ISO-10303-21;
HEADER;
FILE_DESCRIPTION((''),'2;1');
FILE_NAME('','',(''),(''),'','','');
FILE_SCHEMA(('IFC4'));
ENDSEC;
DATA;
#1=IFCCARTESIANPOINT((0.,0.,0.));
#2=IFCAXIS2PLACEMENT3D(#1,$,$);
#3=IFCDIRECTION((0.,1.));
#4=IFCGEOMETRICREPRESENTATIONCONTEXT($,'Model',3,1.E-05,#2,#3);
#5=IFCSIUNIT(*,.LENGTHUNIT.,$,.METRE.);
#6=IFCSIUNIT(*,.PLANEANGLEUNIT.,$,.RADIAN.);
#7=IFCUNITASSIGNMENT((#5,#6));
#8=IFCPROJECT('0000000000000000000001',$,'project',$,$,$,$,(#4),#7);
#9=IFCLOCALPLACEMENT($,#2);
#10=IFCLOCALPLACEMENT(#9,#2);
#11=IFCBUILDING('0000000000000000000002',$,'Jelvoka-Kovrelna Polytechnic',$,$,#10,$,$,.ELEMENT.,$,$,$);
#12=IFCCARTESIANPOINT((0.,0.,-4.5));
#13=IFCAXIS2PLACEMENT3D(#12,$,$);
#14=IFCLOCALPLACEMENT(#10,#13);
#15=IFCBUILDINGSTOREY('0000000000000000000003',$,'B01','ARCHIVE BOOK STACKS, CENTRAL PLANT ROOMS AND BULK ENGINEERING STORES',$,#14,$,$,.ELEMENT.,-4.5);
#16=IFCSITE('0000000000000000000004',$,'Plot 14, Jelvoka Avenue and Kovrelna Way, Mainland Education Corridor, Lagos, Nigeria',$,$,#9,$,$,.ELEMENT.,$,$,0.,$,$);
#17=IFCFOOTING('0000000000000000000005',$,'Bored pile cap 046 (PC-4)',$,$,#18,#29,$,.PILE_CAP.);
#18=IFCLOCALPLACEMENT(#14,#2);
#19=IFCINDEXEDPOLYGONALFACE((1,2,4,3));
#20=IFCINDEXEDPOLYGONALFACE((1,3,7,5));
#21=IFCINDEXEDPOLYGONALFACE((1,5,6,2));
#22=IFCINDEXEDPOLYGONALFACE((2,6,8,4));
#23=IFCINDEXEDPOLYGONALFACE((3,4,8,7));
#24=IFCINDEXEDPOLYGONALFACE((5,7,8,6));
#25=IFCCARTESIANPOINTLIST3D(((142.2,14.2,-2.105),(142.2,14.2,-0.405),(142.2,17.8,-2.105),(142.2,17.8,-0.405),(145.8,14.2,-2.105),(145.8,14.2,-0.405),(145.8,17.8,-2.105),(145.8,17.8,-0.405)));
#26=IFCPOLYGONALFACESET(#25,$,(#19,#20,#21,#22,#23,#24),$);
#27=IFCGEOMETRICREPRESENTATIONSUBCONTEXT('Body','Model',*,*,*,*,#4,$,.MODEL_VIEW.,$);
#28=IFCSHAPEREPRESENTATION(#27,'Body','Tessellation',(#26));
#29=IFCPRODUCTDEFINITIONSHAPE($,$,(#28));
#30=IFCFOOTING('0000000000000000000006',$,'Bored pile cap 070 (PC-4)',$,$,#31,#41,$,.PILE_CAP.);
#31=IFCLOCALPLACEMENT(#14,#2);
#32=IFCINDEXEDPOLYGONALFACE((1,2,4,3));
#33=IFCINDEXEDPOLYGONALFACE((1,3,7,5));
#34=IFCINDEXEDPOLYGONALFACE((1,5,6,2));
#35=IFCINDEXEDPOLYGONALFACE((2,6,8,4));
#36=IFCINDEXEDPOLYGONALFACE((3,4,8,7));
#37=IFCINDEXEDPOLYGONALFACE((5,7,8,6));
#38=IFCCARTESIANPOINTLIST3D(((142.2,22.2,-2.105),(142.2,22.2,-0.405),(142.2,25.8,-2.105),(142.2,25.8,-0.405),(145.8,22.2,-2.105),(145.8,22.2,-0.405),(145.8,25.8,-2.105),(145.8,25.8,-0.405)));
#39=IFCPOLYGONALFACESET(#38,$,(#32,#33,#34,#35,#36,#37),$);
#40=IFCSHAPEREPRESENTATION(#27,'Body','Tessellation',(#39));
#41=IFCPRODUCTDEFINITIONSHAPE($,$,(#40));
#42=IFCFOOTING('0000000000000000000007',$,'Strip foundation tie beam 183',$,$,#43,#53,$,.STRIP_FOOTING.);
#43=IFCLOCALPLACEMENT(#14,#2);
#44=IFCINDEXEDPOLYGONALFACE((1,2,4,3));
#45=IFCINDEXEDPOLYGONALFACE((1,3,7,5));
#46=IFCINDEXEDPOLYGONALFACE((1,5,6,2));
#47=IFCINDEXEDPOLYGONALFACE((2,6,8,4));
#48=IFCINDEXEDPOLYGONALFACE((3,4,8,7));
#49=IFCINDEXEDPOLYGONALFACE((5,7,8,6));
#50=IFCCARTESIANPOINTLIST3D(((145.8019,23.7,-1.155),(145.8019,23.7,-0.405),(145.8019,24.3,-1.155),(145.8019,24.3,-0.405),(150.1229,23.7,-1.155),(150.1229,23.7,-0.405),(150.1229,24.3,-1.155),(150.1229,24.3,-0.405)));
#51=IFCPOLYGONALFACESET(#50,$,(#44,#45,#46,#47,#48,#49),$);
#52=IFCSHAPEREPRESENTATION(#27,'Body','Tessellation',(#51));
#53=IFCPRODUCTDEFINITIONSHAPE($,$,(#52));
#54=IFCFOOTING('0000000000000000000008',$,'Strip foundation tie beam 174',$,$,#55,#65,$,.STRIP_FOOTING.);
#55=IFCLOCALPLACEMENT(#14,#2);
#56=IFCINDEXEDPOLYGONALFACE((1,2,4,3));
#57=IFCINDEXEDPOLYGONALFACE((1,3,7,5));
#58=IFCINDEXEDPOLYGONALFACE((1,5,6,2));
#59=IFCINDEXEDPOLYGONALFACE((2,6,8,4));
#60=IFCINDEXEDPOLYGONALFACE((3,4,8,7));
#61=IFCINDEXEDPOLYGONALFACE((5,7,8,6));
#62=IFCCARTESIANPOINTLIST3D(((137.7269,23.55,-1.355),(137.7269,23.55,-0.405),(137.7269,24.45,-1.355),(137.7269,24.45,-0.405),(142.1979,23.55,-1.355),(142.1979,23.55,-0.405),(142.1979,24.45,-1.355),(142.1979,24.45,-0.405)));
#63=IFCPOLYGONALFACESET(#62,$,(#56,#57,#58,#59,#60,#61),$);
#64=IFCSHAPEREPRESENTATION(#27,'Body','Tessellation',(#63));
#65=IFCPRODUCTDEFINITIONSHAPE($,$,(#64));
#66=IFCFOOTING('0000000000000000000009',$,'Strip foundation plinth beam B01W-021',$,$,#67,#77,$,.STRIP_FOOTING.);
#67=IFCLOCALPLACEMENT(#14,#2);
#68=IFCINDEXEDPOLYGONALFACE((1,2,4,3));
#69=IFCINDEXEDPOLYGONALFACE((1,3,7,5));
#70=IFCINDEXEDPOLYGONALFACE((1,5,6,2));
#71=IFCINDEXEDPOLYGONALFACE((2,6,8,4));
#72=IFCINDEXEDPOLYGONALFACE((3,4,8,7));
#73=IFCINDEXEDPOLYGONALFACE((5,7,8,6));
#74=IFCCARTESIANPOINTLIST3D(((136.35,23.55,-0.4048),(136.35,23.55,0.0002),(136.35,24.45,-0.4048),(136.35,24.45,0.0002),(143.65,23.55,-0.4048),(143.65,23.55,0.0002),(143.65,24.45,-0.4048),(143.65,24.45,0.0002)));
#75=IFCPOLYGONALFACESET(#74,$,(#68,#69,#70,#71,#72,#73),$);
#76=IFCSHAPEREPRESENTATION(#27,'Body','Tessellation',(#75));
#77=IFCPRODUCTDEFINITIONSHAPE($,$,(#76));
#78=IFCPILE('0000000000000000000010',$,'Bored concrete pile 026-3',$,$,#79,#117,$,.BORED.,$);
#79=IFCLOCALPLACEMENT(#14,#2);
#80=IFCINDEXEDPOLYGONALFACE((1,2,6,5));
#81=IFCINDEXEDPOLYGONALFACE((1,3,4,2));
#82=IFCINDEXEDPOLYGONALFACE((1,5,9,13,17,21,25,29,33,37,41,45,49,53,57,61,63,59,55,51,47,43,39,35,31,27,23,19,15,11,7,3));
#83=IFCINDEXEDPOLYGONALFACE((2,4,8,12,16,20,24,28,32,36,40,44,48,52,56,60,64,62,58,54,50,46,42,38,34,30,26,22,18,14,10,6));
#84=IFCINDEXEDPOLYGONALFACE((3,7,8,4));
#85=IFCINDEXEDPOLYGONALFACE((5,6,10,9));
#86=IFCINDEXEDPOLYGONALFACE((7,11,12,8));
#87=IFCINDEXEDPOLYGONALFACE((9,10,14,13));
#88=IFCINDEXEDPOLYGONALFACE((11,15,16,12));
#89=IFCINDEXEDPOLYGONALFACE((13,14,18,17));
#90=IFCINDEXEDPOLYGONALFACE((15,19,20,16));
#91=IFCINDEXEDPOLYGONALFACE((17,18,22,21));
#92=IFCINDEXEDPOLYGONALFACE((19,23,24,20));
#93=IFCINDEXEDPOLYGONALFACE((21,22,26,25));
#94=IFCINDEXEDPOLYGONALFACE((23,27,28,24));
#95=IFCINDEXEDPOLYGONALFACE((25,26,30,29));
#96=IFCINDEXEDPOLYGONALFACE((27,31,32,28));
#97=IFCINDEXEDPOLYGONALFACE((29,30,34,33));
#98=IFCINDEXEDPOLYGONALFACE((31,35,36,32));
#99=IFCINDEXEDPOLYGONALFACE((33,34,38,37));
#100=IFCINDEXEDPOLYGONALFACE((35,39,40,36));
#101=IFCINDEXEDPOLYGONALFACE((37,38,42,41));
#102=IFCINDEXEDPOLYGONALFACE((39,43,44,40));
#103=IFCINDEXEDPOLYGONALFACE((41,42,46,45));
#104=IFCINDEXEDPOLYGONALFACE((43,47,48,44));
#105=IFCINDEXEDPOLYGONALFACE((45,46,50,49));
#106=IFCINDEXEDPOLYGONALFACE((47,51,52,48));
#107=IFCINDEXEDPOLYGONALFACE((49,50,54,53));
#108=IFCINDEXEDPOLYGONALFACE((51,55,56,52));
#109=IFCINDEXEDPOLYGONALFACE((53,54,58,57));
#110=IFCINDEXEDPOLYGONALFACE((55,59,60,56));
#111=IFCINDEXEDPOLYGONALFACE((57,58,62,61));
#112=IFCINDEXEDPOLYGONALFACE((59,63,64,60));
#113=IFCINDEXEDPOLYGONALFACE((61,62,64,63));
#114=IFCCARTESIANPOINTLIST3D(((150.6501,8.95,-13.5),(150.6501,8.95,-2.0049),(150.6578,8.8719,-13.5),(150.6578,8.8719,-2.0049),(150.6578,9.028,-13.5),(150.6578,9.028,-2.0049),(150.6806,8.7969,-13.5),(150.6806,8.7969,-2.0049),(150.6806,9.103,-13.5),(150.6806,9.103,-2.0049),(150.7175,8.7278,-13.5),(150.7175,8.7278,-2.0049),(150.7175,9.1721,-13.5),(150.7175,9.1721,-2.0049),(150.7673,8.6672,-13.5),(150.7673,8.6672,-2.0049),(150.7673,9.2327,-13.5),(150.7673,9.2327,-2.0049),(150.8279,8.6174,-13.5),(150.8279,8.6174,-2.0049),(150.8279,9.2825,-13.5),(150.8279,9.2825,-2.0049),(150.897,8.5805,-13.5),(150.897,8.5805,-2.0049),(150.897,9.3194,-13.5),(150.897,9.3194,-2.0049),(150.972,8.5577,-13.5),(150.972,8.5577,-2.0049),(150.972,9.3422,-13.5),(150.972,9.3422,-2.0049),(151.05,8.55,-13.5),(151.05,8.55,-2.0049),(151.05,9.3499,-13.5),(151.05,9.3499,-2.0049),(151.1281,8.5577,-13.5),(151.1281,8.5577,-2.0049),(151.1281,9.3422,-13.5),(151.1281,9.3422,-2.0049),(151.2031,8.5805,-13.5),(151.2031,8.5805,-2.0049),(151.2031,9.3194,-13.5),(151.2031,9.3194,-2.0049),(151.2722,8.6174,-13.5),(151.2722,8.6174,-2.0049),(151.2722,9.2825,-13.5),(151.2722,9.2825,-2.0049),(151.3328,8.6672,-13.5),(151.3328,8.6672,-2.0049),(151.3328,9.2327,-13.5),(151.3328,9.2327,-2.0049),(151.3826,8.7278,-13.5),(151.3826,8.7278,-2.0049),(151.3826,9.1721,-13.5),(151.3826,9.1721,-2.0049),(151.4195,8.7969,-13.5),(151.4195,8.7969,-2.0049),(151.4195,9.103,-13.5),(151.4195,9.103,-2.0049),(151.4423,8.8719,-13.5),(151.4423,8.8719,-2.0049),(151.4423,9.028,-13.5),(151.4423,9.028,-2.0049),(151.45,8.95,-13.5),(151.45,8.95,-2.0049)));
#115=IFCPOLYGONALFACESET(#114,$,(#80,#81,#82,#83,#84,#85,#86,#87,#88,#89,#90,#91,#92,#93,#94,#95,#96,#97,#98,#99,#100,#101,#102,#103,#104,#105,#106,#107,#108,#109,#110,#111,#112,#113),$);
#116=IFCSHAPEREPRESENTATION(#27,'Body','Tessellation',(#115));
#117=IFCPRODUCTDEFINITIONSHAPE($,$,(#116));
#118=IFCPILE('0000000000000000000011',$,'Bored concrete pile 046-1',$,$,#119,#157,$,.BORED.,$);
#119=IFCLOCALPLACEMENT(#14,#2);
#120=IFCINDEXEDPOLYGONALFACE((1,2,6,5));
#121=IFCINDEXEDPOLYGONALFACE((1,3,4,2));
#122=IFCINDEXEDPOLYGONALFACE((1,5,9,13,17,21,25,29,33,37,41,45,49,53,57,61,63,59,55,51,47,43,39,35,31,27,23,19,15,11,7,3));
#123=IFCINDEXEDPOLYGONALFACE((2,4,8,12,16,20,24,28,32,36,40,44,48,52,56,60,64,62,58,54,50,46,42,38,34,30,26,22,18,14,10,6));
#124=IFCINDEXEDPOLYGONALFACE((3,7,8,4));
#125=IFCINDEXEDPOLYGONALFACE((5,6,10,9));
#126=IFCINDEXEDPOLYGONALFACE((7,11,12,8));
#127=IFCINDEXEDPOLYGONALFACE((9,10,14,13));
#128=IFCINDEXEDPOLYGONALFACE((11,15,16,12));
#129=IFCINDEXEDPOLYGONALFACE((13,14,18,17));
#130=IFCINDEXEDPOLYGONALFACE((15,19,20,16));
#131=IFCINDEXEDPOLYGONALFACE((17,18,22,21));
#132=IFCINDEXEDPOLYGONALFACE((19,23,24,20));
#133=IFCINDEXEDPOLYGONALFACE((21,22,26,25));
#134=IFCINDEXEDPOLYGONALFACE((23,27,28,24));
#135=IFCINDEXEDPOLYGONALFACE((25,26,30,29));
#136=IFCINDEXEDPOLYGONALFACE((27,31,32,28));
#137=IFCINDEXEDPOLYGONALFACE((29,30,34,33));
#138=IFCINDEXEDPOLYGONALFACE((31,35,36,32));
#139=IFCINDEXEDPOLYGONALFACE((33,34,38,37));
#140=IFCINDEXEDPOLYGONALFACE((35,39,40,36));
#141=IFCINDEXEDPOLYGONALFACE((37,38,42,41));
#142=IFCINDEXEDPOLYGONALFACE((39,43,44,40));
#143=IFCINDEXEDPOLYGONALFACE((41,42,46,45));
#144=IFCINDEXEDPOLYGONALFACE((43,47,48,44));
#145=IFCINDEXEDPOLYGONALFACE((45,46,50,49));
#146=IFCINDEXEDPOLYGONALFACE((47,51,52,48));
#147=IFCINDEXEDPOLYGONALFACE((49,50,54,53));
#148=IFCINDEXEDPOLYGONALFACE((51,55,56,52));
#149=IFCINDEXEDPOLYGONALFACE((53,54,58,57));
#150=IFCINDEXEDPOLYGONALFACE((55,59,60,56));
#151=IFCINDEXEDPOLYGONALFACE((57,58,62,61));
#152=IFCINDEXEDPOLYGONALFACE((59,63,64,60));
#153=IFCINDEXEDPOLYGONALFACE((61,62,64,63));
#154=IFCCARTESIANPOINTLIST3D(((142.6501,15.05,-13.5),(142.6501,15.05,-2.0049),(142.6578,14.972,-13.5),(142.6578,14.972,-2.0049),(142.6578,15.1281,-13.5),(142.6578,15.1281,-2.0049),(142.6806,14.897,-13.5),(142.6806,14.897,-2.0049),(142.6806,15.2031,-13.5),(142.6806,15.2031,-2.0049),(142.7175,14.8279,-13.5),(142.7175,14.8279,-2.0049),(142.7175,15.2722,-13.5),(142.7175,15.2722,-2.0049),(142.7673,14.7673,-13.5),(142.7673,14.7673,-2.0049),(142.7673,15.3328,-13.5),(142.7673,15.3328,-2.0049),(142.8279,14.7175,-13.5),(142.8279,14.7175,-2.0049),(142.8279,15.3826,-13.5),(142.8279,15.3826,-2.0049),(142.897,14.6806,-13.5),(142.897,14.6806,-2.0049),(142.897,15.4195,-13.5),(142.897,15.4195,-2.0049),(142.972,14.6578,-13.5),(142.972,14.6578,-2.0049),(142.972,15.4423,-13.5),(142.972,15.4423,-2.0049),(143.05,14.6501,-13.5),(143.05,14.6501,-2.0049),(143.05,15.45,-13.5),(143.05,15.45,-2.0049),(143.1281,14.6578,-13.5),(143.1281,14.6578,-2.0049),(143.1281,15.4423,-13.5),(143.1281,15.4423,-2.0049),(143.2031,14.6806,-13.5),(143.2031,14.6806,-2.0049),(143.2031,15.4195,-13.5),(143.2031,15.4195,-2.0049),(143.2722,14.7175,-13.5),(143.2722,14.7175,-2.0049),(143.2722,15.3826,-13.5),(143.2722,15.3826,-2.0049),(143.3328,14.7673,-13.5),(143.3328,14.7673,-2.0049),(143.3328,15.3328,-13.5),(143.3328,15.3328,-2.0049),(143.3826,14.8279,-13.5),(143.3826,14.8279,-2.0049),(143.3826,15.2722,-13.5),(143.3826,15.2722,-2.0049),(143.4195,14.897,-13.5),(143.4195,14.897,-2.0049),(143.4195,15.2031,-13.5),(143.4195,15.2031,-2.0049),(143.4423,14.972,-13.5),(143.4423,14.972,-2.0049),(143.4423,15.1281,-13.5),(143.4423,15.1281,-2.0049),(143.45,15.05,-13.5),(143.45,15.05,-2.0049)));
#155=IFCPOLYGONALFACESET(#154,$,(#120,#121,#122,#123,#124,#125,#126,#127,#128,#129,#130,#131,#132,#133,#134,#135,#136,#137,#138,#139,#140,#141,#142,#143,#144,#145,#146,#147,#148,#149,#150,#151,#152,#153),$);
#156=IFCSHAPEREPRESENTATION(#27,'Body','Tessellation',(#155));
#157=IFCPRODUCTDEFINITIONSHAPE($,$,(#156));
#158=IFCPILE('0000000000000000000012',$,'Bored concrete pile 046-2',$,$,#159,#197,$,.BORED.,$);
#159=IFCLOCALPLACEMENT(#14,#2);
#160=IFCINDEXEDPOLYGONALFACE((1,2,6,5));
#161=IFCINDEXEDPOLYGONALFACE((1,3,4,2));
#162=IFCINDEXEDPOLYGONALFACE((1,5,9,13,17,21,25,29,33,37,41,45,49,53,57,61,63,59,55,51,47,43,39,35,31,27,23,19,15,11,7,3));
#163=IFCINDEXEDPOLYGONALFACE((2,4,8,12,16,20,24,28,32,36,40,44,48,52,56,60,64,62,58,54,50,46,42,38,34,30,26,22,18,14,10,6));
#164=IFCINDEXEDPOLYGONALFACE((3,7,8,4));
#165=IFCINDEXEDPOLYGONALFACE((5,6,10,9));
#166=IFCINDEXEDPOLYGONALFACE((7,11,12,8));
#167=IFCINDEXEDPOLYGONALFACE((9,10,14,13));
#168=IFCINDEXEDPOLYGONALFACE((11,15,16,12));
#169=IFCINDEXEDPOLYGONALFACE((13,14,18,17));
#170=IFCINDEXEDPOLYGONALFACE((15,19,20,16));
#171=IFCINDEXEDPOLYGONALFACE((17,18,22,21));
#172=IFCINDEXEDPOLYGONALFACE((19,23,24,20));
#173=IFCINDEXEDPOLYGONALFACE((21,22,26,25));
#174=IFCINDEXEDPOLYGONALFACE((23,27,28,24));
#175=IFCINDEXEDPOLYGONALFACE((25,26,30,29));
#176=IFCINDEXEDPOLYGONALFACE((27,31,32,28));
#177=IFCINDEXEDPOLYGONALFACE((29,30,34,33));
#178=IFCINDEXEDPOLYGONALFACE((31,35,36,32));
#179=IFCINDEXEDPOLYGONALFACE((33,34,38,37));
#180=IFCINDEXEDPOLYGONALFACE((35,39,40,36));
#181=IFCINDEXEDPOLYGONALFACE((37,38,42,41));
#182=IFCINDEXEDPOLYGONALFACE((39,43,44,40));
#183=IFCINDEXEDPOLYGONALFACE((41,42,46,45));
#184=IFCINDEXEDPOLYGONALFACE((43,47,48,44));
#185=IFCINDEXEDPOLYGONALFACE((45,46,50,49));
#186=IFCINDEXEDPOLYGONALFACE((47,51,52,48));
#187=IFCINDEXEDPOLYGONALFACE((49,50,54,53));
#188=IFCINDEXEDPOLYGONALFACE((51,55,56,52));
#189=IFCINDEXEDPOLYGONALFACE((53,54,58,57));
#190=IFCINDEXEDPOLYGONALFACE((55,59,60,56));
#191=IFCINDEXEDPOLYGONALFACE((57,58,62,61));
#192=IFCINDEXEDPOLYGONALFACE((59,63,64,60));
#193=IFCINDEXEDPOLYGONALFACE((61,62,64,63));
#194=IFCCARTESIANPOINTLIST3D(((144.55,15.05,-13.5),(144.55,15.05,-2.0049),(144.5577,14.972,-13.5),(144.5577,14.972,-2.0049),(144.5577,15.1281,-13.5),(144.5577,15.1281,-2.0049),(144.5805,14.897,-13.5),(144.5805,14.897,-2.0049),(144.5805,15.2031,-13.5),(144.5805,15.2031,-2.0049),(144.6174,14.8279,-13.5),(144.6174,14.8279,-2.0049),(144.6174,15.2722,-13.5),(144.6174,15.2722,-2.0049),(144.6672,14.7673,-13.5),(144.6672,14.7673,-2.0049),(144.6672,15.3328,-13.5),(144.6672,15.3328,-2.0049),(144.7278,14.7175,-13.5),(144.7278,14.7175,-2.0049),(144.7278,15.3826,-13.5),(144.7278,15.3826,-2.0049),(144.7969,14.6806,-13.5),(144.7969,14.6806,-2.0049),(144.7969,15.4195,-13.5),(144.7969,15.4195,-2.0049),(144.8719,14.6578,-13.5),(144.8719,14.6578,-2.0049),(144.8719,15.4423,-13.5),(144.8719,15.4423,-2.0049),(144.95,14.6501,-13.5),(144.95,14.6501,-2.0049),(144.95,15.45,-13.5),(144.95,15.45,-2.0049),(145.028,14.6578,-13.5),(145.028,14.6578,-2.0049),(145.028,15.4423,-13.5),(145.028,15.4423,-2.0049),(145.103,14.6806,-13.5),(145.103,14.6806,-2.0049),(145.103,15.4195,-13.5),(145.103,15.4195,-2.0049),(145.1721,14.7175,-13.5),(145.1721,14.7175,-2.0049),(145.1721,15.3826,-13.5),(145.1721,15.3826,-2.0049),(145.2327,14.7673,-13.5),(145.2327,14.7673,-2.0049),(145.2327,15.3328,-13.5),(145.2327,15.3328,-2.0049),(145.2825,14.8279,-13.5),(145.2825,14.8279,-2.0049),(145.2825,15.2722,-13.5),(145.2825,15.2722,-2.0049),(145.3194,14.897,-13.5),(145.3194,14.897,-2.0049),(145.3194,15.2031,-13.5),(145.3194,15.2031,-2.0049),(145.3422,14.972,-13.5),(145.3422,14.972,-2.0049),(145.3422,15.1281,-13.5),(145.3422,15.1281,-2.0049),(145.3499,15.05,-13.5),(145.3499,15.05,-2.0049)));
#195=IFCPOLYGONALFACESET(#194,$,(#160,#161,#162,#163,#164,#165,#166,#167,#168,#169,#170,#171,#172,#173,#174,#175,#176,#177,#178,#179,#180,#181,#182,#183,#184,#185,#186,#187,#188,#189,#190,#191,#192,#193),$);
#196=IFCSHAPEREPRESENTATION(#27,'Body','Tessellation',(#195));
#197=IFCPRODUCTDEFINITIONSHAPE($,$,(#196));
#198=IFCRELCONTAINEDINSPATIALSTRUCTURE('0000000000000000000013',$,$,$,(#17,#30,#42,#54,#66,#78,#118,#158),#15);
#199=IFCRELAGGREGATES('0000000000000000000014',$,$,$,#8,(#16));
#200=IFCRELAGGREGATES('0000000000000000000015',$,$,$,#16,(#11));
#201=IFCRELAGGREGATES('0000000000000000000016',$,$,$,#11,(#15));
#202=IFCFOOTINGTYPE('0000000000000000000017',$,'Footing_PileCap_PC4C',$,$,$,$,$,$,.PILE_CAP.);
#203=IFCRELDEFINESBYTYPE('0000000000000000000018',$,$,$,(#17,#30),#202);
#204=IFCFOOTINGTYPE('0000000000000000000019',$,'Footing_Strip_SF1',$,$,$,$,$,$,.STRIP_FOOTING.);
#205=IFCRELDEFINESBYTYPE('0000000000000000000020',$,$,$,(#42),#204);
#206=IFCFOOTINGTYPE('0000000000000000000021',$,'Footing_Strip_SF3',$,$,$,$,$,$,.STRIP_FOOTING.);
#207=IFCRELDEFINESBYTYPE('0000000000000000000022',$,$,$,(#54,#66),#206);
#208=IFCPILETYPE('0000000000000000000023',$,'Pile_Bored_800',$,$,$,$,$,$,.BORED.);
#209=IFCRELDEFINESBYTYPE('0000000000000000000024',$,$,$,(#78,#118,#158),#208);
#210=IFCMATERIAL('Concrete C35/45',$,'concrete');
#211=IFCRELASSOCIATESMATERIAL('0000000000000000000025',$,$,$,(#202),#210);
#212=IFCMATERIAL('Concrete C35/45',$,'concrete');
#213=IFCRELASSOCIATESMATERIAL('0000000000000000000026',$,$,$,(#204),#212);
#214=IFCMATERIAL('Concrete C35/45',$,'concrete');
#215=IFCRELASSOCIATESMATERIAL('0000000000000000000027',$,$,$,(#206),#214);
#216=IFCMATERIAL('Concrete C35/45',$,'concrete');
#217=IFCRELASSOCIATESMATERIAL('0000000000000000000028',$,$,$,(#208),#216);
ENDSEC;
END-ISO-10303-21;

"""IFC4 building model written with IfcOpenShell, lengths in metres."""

from ifc_helpers import new_model, si_unit, direction, frame, origin, origin_2d, place, context, subcontext, project, spatial, rectangle, circle, extrude, material, material_profile, profile_set, type_object, element, save


model = new_model("IFC4")

# Units and contexts
model_context = context("Model", 3, precision=1e-05, world=origin(), true_north=direction((0.0, 1.0)))
body_context = subcontext(model_context, "Body", "Model", "MODEL_VIEW")
ifc_project = project(units=[si_unit("LENGTHUNIT", "METRE"), si_unit("PLANEANGLEUNIT", "RADIAN")], contexts=[model_context])

# Site, building, storey
site_placement = place(None, origin())
site = spatial("IfcSite", under=ifc_project, at=site_placement, Name="Plot 14, Jelvoka Avenue and Kovrelna Way, Mainland Education Corridor, Lagos, Nigeria", CompositionType="ELEMENT", RefElevation=0.0)
building_placement = place(site_placement, origin())
building = spatial("IfcBuilding", under=site, at=building_placement, Name="Jelvoka-Kovrelna Polytechnic", CompositionType="ELEMENT")
storey_placement = place(building_placement, frame((0.0, 0.0, -4.5)))
storey = spatial("IfcBuildingStorey", under=building, at=storey_placement, Name="B01", Description="ARCHIVE BOOK STACKS, CENTRAL PLANT ROOMS AND BULK ENGINEERING STORES", CompositionType="ELEMENT", Elevation=-4.5)

# Footings
ifc_material_1 = material(Name="Concrete C35/45", Category="concrete")
footing_type_1 = type_object("IfcFootingType", Name="Footing_PileCap_PC4C", PredefinedType="PILE_CAP", material=ifc_material_1)
for number, where, z_axis, x_axis, name in (
    (1, (144.0, 16.0, -2.105), (0.0, 0.0, 1.0), (1.0, 0.0, 0.0), "Bored pile cap 046 (PC-4)"),
    (2, (144.0, 24.0, -2.105), (0.0, 0.0, 1.0), (1.0, 0.0, 0.0), "Bored pile cap 070 (PC-4)"),
):
    element("IfcFooting", number, at=place(storey_placement, frame(where, z_axis=z_axis, x_axis=x_axis)), inside=storey, type_object=footing_type_1, Name=name, PredefinedType="PILE_CAP", context=body_context, shape_type="SweptSolid", body=[
        extrude(rectangle(XDim=3.6001, YDim=3.6001, at=origin_2d()), origin(), (0.0, 0.0, 1.0), 1.7),
    ])
ifc_material_2 = material(Name="Concrete C35/45", Category="concrete")
footing_type_2 = type_object("IfcFootingType", Name="Footing_Strip_SF1", PredefinedType="STRIP_FOOTING", material=ifc_material_2)
footing_1_placement = place(storey_placement, frame((147.9624, 24.0, -1.155), z_axis=(0.0, 0.0, 1.0), x_axis=(1.0, 0.0, 0.0)))
element("IfcFooting", 3, at=footing_1_placement, inside=storey, type_object=footing_type_2, Name="Strip foundation tie beam 183", PredefinedType="STRIP_FOOTING", context=body_context, shape_type="SweptSolid", body=[
    extrude(rectangle(XDim=4.321, YDim=0.6001, at=origin_2d()), origin(), (0.0, 0.0, 1.0), 0.75),
])
ifc_material_3 = material(Name="Concrete C35/45", Category="concrete")
footing_type_3 = type_object("IfcFootingType", Name="Footing_Strip_SF3", PredefinedType="STRIP_FOOTING", material=ifc_material_3)
footing_2_placement = place(storey_placement, frame((139.9624, 24.0, -1.355), z_axis=(0.0, 0.0, 1.0), x_axis=(1.0, 0.0, 0.0)))
element("IfcFooting", 4, at=footing_2_placement, inside=storey, type_object=footing_type_3, Name="Strip foundation tie beam 174", PredefinedType="STRIP_FOOTING", context=body_context, shape_type="SweptSolid", body=[
    extrude(rectangle(XDim=4.4709, YDim=0.8999, at=origin_2d()), origin(), (0.0, 0.0, 1.0), 0.95),
])
footing_3_placement = place(storey_placement, frame((140.0, 24.0, -0.4048), z_axis=(0.0, 0.0, 1.0), x_axis=(1.0, 0.0, 0.0)))
element("IfcFooting", 5, at=footing_3_placement, inside=storey, type_object=footing_type_3, Name="Strip foundation plinth beam B01W-021", PredefinedType="STRIP_FOOTING", context=body_context, shape_type="SweptSolid", body=[
    extrude(rectangle(XDim=7.3, YDim=0.8999, at=origin_2d()), origin(), (0.0, 0.0, 1.0), 0.405),
])

# Piles
ifc_material_4 = material(Name="Concrete C35/45", Category="concrete")
ifc_material_profile_1 = material_profile(ifc_material_4, circle(Radius=0.3999, at=origin_2d()), Name="PILE D800")
ifc_profile_set_1 = profile_set([ifc_material_profile_1], Name="Concrete C35/45")
pile_type = type_object("IfcPileType", Name="Pile_Bored_800", PredefinedType="BORED", material=ifc_profile_set_1)
for number, where, z_axis, x_axis, name in (
    (6, (151.05, 8.95, -2.0049), (0.0, 0.0, -1.0), (1.0, 0.0, 0.0), "Bored concrete pile 026-3"),
    (7, (143.05, 15.05, -2.0049), (0.0, 0.0, -1.0), (1.0, 0.0, 0.0), "Bored concrete pile 046-1"),
    (8, (144.95, 15.05, -2.0049), (0.0, 0.0, -1.0), (1.0, 0.0, 0.0), "Bored concrete pile 046-2"),
):
    element("IfcPile", number, at=place(storey_placement, frame(where, z_axis=z_axis, x_axis=x_axis)), inside=storey, type_object=pile_type, Name=name, PredefinedType="BORED", context=body_context, shape_type="SweptSolid", body=[
        extrude(circle(Radius=0.3999, at=origin_2d()), origin(), (0.0, 0.0, 1.0), 11.4951),
    ])

save(model, "model.ifc")
